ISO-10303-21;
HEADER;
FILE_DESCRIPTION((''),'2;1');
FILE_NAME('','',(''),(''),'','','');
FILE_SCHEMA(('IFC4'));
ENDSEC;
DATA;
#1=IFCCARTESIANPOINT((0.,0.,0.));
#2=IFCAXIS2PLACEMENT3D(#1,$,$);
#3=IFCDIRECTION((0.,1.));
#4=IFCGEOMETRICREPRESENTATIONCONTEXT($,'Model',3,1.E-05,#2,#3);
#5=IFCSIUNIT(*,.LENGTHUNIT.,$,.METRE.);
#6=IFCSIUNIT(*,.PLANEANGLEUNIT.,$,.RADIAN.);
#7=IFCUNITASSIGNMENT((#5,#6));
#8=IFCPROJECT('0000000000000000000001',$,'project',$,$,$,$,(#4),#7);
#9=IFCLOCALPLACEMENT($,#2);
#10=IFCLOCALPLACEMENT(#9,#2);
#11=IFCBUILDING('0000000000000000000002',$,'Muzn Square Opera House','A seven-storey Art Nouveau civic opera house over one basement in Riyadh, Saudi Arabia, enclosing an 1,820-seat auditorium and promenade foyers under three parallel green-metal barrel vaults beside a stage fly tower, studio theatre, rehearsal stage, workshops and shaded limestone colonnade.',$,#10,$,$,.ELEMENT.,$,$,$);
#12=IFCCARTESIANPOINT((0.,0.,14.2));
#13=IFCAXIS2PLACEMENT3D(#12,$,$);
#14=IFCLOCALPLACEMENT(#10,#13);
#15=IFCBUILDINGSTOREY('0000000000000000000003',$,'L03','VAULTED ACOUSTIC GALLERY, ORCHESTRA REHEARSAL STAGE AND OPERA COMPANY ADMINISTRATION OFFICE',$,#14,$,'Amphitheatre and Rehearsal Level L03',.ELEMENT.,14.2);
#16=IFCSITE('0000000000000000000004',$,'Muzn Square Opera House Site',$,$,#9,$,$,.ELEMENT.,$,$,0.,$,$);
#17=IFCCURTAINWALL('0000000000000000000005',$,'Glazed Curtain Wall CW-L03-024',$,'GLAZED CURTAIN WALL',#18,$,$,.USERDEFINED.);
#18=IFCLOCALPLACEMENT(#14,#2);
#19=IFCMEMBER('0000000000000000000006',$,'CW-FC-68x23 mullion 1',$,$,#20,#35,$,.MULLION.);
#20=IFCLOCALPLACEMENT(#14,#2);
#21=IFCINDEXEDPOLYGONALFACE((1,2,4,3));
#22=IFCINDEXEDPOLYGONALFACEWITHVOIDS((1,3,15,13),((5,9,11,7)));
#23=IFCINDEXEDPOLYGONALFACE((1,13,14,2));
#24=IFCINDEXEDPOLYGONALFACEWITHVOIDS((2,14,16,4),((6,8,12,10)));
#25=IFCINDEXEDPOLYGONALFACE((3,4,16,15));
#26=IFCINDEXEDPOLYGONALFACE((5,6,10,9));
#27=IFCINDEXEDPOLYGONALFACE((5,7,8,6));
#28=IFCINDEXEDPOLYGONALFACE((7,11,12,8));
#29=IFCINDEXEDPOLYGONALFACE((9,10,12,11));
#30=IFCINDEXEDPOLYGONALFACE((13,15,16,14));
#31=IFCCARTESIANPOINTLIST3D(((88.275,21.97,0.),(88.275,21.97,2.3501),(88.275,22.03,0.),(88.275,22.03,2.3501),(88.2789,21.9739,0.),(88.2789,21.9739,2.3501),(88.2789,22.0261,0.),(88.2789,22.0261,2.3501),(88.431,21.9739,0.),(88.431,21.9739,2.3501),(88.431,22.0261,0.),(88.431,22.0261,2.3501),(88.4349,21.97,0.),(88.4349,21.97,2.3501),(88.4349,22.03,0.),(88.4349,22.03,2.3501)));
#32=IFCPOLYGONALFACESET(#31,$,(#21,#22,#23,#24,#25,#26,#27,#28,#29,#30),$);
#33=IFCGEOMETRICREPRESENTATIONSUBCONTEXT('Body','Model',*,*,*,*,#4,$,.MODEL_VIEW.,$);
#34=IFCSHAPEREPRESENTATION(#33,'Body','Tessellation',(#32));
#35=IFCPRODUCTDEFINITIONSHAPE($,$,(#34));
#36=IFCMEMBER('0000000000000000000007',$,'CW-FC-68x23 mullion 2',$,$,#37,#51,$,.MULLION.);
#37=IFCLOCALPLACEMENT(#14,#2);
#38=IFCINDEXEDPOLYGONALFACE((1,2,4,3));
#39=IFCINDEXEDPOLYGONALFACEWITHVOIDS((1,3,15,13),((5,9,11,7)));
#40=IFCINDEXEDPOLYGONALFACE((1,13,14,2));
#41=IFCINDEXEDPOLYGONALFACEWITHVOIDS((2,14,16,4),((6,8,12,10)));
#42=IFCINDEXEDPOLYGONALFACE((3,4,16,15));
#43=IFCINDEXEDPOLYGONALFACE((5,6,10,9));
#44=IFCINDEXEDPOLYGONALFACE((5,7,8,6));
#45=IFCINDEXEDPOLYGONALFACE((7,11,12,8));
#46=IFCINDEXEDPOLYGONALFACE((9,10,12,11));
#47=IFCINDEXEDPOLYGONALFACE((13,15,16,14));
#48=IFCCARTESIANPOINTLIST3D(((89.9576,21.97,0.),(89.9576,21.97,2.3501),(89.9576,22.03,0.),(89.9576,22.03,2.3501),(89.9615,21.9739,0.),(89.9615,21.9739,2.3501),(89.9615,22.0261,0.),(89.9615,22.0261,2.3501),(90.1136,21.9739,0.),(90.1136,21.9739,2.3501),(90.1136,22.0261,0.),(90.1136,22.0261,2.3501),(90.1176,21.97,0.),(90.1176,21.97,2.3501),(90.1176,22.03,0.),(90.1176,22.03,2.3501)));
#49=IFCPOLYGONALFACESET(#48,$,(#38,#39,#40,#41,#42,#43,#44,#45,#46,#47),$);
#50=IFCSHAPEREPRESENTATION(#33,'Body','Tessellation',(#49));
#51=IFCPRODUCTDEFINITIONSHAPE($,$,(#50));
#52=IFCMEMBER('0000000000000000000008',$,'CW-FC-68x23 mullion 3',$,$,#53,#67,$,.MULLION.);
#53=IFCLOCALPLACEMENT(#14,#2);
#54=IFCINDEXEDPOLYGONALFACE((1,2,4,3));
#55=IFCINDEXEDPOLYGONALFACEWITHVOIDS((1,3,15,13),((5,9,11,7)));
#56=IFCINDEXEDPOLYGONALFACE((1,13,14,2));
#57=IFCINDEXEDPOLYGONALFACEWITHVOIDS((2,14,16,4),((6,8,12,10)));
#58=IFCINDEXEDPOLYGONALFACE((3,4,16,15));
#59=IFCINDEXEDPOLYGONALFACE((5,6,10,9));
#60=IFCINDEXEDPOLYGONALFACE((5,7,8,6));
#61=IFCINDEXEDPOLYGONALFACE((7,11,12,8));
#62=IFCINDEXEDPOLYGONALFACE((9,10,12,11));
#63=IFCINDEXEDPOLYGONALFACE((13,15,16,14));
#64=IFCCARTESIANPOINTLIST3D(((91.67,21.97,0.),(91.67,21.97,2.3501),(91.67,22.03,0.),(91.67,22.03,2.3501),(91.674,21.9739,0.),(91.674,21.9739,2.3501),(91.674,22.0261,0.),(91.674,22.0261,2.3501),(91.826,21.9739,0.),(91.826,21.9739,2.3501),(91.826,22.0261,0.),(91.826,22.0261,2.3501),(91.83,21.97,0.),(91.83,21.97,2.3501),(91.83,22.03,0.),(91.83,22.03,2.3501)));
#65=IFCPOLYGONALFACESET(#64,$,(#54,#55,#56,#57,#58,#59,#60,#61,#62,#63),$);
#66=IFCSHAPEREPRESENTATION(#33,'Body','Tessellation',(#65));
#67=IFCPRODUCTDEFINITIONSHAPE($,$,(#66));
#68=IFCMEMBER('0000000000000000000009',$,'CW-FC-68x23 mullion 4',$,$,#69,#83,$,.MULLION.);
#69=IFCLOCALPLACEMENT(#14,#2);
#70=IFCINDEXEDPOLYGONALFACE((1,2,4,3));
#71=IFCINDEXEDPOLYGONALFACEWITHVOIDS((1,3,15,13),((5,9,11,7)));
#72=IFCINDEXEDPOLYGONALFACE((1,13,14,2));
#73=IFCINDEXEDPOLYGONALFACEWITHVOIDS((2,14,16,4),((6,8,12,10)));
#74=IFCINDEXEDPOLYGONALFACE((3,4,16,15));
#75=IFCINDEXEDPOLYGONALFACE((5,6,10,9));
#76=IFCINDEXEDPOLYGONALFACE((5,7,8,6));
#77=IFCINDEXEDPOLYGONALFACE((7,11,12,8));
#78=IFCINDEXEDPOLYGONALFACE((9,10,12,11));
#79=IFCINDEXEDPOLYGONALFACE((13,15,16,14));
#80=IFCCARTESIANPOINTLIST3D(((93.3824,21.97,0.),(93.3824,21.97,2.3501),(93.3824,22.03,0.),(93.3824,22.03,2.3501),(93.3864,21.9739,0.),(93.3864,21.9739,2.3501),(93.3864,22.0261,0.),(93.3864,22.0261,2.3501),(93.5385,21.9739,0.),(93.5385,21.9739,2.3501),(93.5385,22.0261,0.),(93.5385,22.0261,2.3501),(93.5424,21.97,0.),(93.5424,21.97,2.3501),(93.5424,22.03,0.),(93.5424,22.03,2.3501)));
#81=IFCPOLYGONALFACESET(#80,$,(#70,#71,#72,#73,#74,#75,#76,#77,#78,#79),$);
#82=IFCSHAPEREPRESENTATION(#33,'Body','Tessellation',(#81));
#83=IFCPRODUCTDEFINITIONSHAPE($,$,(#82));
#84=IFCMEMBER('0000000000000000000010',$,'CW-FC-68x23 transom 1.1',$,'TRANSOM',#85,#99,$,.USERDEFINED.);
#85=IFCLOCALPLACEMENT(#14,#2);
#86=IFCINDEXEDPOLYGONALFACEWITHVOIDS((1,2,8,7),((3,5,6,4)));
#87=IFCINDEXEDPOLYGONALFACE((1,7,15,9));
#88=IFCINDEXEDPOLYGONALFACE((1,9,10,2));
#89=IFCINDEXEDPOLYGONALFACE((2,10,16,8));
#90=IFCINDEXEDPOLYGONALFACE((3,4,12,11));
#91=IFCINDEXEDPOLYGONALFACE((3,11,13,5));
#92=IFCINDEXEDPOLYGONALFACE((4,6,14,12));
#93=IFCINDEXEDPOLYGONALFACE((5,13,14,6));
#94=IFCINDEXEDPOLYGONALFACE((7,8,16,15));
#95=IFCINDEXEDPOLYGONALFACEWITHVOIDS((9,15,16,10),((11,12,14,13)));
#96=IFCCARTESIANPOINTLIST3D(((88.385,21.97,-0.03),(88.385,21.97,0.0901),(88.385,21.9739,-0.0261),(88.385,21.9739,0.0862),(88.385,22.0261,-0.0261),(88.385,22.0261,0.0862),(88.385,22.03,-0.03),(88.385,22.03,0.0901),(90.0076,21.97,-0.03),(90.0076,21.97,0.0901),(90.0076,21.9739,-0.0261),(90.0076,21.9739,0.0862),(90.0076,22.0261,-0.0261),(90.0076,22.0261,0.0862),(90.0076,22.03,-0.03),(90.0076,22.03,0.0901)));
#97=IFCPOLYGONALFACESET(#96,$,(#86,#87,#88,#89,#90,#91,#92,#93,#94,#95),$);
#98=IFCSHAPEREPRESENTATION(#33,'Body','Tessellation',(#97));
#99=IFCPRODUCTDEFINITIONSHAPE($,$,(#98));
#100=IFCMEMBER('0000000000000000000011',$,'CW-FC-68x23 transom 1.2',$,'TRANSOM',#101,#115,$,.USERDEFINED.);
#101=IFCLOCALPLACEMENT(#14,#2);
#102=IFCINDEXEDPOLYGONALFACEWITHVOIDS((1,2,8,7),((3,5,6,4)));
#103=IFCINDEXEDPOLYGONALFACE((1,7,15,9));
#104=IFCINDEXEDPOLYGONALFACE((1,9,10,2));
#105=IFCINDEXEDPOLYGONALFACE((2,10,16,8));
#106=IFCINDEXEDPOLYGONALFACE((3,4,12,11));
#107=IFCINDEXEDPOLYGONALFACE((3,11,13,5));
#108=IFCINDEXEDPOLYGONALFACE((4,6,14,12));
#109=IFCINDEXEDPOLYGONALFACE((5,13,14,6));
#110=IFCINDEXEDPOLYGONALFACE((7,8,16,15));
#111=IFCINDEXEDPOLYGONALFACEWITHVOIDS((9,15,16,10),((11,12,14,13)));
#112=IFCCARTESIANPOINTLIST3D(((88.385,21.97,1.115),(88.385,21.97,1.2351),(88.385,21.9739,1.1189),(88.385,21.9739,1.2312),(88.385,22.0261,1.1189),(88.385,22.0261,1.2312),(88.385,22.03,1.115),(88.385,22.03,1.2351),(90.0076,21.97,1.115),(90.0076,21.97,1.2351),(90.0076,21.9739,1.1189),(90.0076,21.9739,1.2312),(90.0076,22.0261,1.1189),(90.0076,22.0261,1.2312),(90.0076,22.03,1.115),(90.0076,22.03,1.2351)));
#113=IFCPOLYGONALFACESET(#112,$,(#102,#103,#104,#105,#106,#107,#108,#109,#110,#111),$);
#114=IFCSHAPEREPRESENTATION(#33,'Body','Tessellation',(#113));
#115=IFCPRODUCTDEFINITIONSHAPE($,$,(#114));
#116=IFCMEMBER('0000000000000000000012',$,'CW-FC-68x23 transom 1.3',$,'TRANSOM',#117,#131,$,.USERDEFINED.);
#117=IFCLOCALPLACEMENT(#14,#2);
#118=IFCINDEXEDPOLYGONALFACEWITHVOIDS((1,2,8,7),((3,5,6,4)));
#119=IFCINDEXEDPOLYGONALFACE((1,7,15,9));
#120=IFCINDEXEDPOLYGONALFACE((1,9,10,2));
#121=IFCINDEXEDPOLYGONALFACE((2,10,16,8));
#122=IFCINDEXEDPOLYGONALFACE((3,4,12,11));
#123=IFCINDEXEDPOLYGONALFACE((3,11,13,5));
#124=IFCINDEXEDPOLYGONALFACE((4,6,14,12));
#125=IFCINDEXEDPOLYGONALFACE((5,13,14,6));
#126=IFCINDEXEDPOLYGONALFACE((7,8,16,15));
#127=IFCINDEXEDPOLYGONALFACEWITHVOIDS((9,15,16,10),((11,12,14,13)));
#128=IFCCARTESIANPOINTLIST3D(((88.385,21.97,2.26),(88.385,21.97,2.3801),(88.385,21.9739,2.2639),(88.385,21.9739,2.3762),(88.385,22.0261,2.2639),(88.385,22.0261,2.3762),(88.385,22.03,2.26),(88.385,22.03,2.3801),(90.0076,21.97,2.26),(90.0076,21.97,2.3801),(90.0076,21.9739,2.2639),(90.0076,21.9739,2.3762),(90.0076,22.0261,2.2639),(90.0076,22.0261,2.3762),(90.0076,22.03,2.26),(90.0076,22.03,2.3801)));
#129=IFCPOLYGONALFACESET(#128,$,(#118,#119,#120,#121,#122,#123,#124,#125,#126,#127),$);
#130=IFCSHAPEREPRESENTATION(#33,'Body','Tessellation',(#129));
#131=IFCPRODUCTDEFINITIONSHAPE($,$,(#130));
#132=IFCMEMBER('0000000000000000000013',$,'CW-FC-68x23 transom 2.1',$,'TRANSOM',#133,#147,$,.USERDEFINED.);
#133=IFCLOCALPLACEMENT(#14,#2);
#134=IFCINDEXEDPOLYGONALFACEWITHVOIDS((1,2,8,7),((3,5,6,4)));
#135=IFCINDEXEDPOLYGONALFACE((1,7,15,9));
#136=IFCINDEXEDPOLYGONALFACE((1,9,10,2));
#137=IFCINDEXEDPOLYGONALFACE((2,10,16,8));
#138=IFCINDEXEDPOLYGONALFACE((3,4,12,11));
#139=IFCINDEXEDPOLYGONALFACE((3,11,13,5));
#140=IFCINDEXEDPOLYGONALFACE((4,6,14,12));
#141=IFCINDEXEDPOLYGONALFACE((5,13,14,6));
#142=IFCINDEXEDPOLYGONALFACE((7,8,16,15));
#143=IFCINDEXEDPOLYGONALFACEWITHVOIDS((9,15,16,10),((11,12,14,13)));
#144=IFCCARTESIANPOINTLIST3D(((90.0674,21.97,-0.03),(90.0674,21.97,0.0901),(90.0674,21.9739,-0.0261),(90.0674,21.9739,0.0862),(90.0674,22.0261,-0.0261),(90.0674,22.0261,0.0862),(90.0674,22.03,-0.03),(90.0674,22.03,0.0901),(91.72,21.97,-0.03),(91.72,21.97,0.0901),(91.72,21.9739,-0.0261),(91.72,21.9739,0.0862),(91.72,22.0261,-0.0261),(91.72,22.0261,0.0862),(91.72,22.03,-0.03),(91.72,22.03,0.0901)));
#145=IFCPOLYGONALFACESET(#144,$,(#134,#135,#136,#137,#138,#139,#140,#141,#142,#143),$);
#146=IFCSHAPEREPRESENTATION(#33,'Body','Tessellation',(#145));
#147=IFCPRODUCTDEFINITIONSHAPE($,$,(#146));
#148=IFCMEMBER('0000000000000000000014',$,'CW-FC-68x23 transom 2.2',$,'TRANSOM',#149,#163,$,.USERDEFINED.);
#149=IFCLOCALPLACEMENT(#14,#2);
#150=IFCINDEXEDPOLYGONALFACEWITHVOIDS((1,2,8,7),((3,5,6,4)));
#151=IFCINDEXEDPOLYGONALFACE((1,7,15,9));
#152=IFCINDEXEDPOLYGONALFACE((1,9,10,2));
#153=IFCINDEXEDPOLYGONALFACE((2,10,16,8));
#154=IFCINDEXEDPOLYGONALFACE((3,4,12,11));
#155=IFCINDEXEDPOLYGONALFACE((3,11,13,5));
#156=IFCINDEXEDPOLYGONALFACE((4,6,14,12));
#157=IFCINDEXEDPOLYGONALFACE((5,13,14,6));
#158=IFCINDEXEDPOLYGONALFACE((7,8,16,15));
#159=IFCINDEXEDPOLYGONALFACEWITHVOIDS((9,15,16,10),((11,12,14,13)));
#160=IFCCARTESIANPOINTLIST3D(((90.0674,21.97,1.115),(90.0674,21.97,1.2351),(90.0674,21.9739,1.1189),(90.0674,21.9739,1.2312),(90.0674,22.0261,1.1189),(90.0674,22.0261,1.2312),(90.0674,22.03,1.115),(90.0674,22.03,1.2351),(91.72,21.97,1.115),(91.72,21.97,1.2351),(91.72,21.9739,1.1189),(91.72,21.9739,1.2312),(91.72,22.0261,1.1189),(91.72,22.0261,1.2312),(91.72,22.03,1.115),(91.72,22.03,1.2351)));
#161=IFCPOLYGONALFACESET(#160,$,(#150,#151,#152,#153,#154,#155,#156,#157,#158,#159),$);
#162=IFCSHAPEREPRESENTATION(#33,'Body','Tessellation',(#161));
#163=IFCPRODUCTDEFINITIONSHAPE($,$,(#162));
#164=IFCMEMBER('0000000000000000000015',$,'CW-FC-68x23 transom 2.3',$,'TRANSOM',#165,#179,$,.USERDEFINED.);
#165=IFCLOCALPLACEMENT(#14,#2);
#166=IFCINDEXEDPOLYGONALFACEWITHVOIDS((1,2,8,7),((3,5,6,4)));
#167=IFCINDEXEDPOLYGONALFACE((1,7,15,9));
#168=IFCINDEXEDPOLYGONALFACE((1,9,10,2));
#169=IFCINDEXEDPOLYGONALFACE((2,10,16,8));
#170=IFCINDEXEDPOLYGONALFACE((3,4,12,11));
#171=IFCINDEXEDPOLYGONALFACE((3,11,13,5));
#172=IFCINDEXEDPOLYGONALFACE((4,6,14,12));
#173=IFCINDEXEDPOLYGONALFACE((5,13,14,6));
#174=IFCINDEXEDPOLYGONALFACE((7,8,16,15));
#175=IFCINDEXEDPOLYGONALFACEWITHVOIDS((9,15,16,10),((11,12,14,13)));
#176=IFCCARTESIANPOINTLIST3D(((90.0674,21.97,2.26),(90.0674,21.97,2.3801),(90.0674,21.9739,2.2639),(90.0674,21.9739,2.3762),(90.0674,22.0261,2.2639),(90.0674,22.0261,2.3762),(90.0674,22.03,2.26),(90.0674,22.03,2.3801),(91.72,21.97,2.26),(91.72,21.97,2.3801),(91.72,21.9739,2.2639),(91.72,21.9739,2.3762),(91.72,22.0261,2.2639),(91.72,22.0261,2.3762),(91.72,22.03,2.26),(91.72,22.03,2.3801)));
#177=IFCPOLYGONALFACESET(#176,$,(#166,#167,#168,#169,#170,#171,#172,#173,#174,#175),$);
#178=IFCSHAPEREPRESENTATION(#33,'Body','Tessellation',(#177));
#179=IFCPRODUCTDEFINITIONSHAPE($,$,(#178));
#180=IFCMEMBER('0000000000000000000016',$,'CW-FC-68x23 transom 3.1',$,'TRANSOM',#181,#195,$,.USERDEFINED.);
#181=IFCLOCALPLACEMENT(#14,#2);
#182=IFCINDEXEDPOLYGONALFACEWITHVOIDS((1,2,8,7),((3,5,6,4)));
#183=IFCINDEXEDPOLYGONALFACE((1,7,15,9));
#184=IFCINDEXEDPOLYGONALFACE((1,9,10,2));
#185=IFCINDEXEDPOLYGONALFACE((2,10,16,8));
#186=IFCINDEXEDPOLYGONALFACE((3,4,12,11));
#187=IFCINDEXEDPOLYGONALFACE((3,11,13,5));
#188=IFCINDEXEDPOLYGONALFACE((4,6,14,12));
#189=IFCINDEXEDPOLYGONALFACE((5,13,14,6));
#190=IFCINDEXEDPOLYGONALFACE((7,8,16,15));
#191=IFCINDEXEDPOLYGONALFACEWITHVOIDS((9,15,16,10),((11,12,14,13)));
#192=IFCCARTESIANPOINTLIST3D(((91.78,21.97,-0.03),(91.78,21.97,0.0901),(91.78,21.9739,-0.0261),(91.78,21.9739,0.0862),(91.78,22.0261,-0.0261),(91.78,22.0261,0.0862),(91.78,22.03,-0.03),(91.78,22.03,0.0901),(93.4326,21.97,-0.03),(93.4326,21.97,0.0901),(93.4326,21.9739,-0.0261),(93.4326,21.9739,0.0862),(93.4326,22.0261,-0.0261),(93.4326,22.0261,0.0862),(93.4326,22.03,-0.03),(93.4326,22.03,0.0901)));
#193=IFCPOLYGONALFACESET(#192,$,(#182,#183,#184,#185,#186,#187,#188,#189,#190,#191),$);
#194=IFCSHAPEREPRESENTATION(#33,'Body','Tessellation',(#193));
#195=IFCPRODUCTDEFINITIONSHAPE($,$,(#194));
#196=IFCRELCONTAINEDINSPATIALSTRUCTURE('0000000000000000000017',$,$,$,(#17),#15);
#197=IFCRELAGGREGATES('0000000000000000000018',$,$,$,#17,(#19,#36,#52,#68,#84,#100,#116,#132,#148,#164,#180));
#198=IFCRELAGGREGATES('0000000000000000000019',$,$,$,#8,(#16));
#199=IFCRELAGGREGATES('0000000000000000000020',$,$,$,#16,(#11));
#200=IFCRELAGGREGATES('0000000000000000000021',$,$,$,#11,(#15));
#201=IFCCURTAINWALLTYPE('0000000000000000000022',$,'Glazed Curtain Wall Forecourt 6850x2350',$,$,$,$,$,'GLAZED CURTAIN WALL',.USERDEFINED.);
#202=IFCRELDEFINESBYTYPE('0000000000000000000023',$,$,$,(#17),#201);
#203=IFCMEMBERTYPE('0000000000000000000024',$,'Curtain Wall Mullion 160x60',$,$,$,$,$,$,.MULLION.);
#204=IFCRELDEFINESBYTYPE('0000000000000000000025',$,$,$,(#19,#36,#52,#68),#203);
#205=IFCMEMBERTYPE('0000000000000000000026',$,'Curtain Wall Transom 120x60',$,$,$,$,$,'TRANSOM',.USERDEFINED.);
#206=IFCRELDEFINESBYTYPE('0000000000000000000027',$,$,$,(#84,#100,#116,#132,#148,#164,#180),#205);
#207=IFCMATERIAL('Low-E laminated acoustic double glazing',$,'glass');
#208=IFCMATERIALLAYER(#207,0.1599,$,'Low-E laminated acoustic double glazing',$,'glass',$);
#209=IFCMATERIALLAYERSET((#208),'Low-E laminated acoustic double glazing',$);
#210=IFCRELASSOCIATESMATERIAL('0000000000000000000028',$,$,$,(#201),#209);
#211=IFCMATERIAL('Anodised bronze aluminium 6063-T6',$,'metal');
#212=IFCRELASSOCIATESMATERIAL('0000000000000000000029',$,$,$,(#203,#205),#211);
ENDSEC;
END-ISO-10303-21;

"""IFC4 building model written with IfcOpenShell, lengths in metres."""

from ifc_helpers import new_model, si_unit, direction, frame, origin, origin_2d, place, context, subcontext, project, spatial, hollow_rectangle, extrude, material, layer, layer_set, material_profile, profile_set, type_object, element, aggregate, save


model = new_model("IFC4")

# Units and contexts
model_context = context("Model", 3, precision=1e-05, world=origin(), true_north=direction((0.0, 1.0)))
body_context = subcontext(model_context, "Body", "Model", "MODEL_VIEW")
ifc_project = project(units=[si_unit("LENGTHUNIT", "METRE"), si_unit("PLANEANGLEUNIT", "RADIAN")], contexts=[model_context])

# Site, building, storey
site_placement = place(None, origin())
site = spatial("IfcSite", under=ifc_project, at=site_placement, Name="Muzn Square Opera House Site", CompositionType="ELEMENT", RefElevation=0.0)
building_placement = place(site_placement, origin())
building = spatial("IfcBuilding", under=site, at=building_placement, Name="Muzn Square Opera House", Description="A seven-storey Art Nouveau civic opera house over one basement in Riyadh, Saudi Arabia, enclosing an 1,820-seat auditorium and promenade foyers under three parallel green-metal barrel vaults beside a stage fly tower, studio theatre, rehearsal stage, workshops and shaded limestone colonnade.", CompositionType="ELEMENT")
storey_placement = place(building_placement, frame((0.0, 0.0, 14.2)))
storey = spatial("IfcBuildingStorey", under=building, at=storey_placement, Name="L03", Description="VAULTED ACOUSTIC GALLERY, ORCHESTRA REHEARSAL STAGE AND OPERA COMPANY ADMINISTRATION OFFICE", LongName="Amphitheatre and Rehearsal Level L03", CompositionType="ELEMENT", Elevation=14.2)

# Curtain wall, members
ifc_material_1 = material(Name="Low-E laminated acoustic double glazing", Category="glass")
ifc_layer_1 = layer(ifc_material_1, 0.1599, Name="Low-E laminated acoustic double glazing", Category="glass")
ifc_layer_set_1 = layer_set([ifc_layer_1], Name="Low-E laminated acoustic double glazing")
curtain_wall_type = type_object("IfcCurtainWallType", Name="Glazed Curtain Wall Forecourt 6850x2350", ElementType="GLAZED CURTAIN WALL", PredefinedType="USERDEFINED", material=ifc_layer_set_1)
curtain_wall_placement = place(storey_placement, origin())
curtain_wall = element("IfcCurtainWall", 1, at=curtain_wall_placement, inside=storey, type_object=curtain_wall_type, Name="Glazed Curtain Wall CW-L03-024", ObjectType="GLAZED CURTAIN WALL", PredefinedType="USERDEFINED")
ifc_material_2 = material(Name="Anodised bronze aluminium 6063-T6", Category="metal")
ifc_material_profile_1 = material_profile(ifc_material_2, hollow_rectangle(XDim=0.0601, YDim=0.1599, WallThickness=0.0039, at=origin_2d()), Name="ALU 160x60x4", Category="metal")
ifc_profile_set_1 = profile_set([ifc_material_profile_1], Name="Anodised bronze aluminium 6063-T6")
member_type_1 = type_object("IfcMemberType", Name="Curtain Wall Mullion 160x60", PredefinedType="MULLION", material=ifc_profile_set_1)
member_1_placement = place(storey_placement, frame((88.355, 22.0, 0.0), z_axis=(0.0, 0.0, 1.0), x_axis=(0.0, 1.0, 0.0)))
member_1 = element("IfcMember", 2, at=member_1_placement, type_object=member_type_1, Name="CW-FC-68x23 mullion 1", PredefinedType="MULLION", context=body_context, shape_type="SweptSolid", body=[
    extrude(hollow_rectangle(XDim=0.0601, YDim=0.1599, WallThickness=0.0039, at=origin_2d()), origin(), (0.0, 0.0, 1.0), 2.3501),
])
member_2_placement = place(storey_placement, frame((90.0376, 22.0, 0.0), z_axis=(0.0, 0.0, 1.0), x_axis=(0.0, 1.0, 0.0)))
member_2 = element("IfcMember", 3, at=member_2_placement, type_object=member_type_1, Name="CW-FC-68x23 mullion 2", PredefinedType="MULLION", context=body_context, shape_type="SweptSolid", body=[
    extrude(hollow_rectangle(XDim=0.0601, YDim=0.1599, WallThickness=0.0039, at=origin_2d()), origin(), (0.0, 0.0, 1.0), 2.3501),
])
member_3_placement = place(storey_placement, frame((91.75, 22.0, 0.0), z_axis=(0.0, 0.0, 1.0), x_axis=(0.0, 1.0, 0.0)))
member_3 = element("IfcMember", 4, at=member_3_placement, type_object=member_type_1, Name="CW-FC-68x23 mullion 3", PredefinedType="MULLION", context=body_context, shape_type="SweptSolid", body=[
    extrude(hollow_rectangle(XDim=0.0601, YDim=0.1599, WallThickness=0.0039, at=origin_2d()), origin(), (0.0, 0.0, 1.0), 2.3501),
])
member_4_placement = place(storey_placement, frame((93.4624, 22.0, 0.0), z_axis=(0.0, 0.0, 1.0), x_axis=(0.0, 1.0, 0.0)))
member_4 = element("IfcMember", 5, at=member_4_placement, type_object=member_type_1, Name="CW-FC-68x23 mullion 4", PredefinedType="MULLION", context=body_context, shape_type="SweptSolid", body=[
    extrude(hollow_rectangle(XDim=0.0601, YDim=0.1599, WallThickness=0.0039, at=origin_2d()), origin(), (0.0, 0.0, 1.0), 2.3501),
])
ifc_material_profile_2 = material_profile(ifc_material_2, hollow_rectangle(XDim=0.0601, YDim=0.1201, WallThickness=0.0039, at=origin_2d()), Name="ALU 120x60x4", Category="metal")
ifc_profile_set_2 = profile_set([ifc_material_profile_2], Name="Anodised bronze aluminium 6063-T6")
member_type_2 = type_object("IfcMemberType", Name="Curtain Wall Transom 120x60", ElementType="TRANSOM", PredefinedType="USERDEFINED", material=ifc_profile_set_2)
member_5_placement = place(storey_placement, frame((88.385, 22.0, 0.03), z_axis=(1.0, 0.0, 0.0), x_axis=(0.0, 1.0, 0.0)))
member_5 = element("IfcMember", 6, at=member_5_placement, type_object=member_type_2, Name="CW-FC-68x23 transom 1.1", ObjectType="TRANSOM", PredefinedType="USERDEFINED", context=body_context, shape_type="SweptSolid", body=[
    extrude(hollow_rectangle(XDim=0.0601, YDim=0.1201, WallThickness=0.0039, at=origin_2d()), origin(), (0.0, 0.0, 1.0), 1.6226),
])
member_6_placement = place(storey_placement, frame((88.385, 22.0, 1.175), z_axis=(1.0, 0.0, 0.0), x_axis=(0.0, 1.0, 0.0)))
member_6 = element("IfcMember", 7, at=member_6_placement, type_object=member_type_2, Name="CW-FC-68x23 transom 1.2", ObjectType="TRANSOM", PredefinedType="USERDEFINED", context=body_context, shape_type="SweptSolid", body=[
    extrude(hollow_rectangle(XDim=0.0601, YDim=0.1201, WallThickness=0.0039, at=origin_2d()), origin(), (0.0, 0.0, 1.0), 1.6226),
])
member_7_placement = place(storey_placement, frame((88.385, 22.0, 2.3201), z_axis=(1.0, 0.0, 0.0), x_axis=(0.0, 1.0, 0.0)))
member_7 = element("IfcMember", 8, at=member_7_placement, type_object=member_type_2, Name="CW-FC-68x23 transom 1.3", ObjectType="TRANSOM", PredefinedType="USERDEFINED", context=body_context, shape_type="SweptSolid", body=[
    extrude(hollow_rectangle(XDim=0.0601, YDim=0.1201, WallThickness=0.0039, at=origin_2d()), origin(), (0.0, 0.0, 1.0), 1.6226),
])
member_8_placement = place(storey_placement, frame((90.0674, 22.0, 0.03), z_axis=(1.0, 0.0, 0.0), x_axis=(0.0, 1.0, 0.0)))
member_8 = element("IfcMember", 9, at=member_8_placement, type_object=member_type_2, Name="CW-FC-68x23 transom 2.1", ObjectType="TRANSOM", PredefinedType="USERDEFINED", context=body_context, shape_type="SweptSolid", body=[
    extrude(hollow_rectangle(XDim=0.0601, YDim=0.1201, WallThickness=0.0039, at=origin_2d()), origin(), (0.0, 0.0, 1.0), 1.6526),
])
member_9_placement = place(storey_placement, frame((90.0674, 22.0, 1.175), z_axis=(1.0, 0.0, 0.0), x_axis=(0.0, 1.0, 0.0)))
member_9 = element("IfcMember", 10, at=member_9_placement, type_object=member_type_2, Name="CW-FC-68x23 transom 2.2", ObjectType="TRANSOM", PredefinedType="USERDEFINED", context=body_context, shape_type="SweptSolid", body=[
    extrude(hollow_rectangle(XDim=0.0601, YDim=0.1201, WallThickness=0.0039, at=origin_2d()), origin(), (0.0, 0.0, 1.0), 1.6526),
])
member_10_placement = place(storey_placement, frame((90.0674, 22.0, 2.3201), z_axis=(1.0, 0.0, 0.0), x_axis=(0.0, 1.0, 0.0)))
member_10 = element("IfcMember", 11, at=member_10_placement, type_object=member_type_2, Name="CW-FC-68x23 transom 2.3", ObjectType="TRANSOM", PredefinedType="USERDEFINED", context=body_context, shape_type="SweptSolid", body=[
    extrude(hollow_rectangle(XDim=0.0601, YDim=0.1201, WallThickness=0.0039, at=origin_2d()), origin(), (0.0, 0.0, 1.0), 1.6526),
])
member_11_placement = place(storey_placement, frame((91.78, 22.0, 0.03), z_axis=(1.0, 0.0, 0.0), x_axis=(0.0, 1.0, 0.0)))
member_11 = element("IfcMember", 12, at=member_11_placement, type_object=member_type_2, Name="CW-FC-68x23 transom 3.1", ObjectType="TRANSOM", PredefinedType="USERDEFINED", context=body_context, shape_type="SweptSolid", body=[
    extrude(hollow_rectangle(XDim=0.0601, YDim=0.1201, WallThickness=0.0039, at=origin_2d()), origin(), (0.0, 0.0, 1.0), 1.6526),
])
aggregate(curtain_wall, [member_1, member_2, member_3, member_4, member_5, member_6, member_7, member_8, member_9, member_10, member_11])

save(model, "model.ifc")
